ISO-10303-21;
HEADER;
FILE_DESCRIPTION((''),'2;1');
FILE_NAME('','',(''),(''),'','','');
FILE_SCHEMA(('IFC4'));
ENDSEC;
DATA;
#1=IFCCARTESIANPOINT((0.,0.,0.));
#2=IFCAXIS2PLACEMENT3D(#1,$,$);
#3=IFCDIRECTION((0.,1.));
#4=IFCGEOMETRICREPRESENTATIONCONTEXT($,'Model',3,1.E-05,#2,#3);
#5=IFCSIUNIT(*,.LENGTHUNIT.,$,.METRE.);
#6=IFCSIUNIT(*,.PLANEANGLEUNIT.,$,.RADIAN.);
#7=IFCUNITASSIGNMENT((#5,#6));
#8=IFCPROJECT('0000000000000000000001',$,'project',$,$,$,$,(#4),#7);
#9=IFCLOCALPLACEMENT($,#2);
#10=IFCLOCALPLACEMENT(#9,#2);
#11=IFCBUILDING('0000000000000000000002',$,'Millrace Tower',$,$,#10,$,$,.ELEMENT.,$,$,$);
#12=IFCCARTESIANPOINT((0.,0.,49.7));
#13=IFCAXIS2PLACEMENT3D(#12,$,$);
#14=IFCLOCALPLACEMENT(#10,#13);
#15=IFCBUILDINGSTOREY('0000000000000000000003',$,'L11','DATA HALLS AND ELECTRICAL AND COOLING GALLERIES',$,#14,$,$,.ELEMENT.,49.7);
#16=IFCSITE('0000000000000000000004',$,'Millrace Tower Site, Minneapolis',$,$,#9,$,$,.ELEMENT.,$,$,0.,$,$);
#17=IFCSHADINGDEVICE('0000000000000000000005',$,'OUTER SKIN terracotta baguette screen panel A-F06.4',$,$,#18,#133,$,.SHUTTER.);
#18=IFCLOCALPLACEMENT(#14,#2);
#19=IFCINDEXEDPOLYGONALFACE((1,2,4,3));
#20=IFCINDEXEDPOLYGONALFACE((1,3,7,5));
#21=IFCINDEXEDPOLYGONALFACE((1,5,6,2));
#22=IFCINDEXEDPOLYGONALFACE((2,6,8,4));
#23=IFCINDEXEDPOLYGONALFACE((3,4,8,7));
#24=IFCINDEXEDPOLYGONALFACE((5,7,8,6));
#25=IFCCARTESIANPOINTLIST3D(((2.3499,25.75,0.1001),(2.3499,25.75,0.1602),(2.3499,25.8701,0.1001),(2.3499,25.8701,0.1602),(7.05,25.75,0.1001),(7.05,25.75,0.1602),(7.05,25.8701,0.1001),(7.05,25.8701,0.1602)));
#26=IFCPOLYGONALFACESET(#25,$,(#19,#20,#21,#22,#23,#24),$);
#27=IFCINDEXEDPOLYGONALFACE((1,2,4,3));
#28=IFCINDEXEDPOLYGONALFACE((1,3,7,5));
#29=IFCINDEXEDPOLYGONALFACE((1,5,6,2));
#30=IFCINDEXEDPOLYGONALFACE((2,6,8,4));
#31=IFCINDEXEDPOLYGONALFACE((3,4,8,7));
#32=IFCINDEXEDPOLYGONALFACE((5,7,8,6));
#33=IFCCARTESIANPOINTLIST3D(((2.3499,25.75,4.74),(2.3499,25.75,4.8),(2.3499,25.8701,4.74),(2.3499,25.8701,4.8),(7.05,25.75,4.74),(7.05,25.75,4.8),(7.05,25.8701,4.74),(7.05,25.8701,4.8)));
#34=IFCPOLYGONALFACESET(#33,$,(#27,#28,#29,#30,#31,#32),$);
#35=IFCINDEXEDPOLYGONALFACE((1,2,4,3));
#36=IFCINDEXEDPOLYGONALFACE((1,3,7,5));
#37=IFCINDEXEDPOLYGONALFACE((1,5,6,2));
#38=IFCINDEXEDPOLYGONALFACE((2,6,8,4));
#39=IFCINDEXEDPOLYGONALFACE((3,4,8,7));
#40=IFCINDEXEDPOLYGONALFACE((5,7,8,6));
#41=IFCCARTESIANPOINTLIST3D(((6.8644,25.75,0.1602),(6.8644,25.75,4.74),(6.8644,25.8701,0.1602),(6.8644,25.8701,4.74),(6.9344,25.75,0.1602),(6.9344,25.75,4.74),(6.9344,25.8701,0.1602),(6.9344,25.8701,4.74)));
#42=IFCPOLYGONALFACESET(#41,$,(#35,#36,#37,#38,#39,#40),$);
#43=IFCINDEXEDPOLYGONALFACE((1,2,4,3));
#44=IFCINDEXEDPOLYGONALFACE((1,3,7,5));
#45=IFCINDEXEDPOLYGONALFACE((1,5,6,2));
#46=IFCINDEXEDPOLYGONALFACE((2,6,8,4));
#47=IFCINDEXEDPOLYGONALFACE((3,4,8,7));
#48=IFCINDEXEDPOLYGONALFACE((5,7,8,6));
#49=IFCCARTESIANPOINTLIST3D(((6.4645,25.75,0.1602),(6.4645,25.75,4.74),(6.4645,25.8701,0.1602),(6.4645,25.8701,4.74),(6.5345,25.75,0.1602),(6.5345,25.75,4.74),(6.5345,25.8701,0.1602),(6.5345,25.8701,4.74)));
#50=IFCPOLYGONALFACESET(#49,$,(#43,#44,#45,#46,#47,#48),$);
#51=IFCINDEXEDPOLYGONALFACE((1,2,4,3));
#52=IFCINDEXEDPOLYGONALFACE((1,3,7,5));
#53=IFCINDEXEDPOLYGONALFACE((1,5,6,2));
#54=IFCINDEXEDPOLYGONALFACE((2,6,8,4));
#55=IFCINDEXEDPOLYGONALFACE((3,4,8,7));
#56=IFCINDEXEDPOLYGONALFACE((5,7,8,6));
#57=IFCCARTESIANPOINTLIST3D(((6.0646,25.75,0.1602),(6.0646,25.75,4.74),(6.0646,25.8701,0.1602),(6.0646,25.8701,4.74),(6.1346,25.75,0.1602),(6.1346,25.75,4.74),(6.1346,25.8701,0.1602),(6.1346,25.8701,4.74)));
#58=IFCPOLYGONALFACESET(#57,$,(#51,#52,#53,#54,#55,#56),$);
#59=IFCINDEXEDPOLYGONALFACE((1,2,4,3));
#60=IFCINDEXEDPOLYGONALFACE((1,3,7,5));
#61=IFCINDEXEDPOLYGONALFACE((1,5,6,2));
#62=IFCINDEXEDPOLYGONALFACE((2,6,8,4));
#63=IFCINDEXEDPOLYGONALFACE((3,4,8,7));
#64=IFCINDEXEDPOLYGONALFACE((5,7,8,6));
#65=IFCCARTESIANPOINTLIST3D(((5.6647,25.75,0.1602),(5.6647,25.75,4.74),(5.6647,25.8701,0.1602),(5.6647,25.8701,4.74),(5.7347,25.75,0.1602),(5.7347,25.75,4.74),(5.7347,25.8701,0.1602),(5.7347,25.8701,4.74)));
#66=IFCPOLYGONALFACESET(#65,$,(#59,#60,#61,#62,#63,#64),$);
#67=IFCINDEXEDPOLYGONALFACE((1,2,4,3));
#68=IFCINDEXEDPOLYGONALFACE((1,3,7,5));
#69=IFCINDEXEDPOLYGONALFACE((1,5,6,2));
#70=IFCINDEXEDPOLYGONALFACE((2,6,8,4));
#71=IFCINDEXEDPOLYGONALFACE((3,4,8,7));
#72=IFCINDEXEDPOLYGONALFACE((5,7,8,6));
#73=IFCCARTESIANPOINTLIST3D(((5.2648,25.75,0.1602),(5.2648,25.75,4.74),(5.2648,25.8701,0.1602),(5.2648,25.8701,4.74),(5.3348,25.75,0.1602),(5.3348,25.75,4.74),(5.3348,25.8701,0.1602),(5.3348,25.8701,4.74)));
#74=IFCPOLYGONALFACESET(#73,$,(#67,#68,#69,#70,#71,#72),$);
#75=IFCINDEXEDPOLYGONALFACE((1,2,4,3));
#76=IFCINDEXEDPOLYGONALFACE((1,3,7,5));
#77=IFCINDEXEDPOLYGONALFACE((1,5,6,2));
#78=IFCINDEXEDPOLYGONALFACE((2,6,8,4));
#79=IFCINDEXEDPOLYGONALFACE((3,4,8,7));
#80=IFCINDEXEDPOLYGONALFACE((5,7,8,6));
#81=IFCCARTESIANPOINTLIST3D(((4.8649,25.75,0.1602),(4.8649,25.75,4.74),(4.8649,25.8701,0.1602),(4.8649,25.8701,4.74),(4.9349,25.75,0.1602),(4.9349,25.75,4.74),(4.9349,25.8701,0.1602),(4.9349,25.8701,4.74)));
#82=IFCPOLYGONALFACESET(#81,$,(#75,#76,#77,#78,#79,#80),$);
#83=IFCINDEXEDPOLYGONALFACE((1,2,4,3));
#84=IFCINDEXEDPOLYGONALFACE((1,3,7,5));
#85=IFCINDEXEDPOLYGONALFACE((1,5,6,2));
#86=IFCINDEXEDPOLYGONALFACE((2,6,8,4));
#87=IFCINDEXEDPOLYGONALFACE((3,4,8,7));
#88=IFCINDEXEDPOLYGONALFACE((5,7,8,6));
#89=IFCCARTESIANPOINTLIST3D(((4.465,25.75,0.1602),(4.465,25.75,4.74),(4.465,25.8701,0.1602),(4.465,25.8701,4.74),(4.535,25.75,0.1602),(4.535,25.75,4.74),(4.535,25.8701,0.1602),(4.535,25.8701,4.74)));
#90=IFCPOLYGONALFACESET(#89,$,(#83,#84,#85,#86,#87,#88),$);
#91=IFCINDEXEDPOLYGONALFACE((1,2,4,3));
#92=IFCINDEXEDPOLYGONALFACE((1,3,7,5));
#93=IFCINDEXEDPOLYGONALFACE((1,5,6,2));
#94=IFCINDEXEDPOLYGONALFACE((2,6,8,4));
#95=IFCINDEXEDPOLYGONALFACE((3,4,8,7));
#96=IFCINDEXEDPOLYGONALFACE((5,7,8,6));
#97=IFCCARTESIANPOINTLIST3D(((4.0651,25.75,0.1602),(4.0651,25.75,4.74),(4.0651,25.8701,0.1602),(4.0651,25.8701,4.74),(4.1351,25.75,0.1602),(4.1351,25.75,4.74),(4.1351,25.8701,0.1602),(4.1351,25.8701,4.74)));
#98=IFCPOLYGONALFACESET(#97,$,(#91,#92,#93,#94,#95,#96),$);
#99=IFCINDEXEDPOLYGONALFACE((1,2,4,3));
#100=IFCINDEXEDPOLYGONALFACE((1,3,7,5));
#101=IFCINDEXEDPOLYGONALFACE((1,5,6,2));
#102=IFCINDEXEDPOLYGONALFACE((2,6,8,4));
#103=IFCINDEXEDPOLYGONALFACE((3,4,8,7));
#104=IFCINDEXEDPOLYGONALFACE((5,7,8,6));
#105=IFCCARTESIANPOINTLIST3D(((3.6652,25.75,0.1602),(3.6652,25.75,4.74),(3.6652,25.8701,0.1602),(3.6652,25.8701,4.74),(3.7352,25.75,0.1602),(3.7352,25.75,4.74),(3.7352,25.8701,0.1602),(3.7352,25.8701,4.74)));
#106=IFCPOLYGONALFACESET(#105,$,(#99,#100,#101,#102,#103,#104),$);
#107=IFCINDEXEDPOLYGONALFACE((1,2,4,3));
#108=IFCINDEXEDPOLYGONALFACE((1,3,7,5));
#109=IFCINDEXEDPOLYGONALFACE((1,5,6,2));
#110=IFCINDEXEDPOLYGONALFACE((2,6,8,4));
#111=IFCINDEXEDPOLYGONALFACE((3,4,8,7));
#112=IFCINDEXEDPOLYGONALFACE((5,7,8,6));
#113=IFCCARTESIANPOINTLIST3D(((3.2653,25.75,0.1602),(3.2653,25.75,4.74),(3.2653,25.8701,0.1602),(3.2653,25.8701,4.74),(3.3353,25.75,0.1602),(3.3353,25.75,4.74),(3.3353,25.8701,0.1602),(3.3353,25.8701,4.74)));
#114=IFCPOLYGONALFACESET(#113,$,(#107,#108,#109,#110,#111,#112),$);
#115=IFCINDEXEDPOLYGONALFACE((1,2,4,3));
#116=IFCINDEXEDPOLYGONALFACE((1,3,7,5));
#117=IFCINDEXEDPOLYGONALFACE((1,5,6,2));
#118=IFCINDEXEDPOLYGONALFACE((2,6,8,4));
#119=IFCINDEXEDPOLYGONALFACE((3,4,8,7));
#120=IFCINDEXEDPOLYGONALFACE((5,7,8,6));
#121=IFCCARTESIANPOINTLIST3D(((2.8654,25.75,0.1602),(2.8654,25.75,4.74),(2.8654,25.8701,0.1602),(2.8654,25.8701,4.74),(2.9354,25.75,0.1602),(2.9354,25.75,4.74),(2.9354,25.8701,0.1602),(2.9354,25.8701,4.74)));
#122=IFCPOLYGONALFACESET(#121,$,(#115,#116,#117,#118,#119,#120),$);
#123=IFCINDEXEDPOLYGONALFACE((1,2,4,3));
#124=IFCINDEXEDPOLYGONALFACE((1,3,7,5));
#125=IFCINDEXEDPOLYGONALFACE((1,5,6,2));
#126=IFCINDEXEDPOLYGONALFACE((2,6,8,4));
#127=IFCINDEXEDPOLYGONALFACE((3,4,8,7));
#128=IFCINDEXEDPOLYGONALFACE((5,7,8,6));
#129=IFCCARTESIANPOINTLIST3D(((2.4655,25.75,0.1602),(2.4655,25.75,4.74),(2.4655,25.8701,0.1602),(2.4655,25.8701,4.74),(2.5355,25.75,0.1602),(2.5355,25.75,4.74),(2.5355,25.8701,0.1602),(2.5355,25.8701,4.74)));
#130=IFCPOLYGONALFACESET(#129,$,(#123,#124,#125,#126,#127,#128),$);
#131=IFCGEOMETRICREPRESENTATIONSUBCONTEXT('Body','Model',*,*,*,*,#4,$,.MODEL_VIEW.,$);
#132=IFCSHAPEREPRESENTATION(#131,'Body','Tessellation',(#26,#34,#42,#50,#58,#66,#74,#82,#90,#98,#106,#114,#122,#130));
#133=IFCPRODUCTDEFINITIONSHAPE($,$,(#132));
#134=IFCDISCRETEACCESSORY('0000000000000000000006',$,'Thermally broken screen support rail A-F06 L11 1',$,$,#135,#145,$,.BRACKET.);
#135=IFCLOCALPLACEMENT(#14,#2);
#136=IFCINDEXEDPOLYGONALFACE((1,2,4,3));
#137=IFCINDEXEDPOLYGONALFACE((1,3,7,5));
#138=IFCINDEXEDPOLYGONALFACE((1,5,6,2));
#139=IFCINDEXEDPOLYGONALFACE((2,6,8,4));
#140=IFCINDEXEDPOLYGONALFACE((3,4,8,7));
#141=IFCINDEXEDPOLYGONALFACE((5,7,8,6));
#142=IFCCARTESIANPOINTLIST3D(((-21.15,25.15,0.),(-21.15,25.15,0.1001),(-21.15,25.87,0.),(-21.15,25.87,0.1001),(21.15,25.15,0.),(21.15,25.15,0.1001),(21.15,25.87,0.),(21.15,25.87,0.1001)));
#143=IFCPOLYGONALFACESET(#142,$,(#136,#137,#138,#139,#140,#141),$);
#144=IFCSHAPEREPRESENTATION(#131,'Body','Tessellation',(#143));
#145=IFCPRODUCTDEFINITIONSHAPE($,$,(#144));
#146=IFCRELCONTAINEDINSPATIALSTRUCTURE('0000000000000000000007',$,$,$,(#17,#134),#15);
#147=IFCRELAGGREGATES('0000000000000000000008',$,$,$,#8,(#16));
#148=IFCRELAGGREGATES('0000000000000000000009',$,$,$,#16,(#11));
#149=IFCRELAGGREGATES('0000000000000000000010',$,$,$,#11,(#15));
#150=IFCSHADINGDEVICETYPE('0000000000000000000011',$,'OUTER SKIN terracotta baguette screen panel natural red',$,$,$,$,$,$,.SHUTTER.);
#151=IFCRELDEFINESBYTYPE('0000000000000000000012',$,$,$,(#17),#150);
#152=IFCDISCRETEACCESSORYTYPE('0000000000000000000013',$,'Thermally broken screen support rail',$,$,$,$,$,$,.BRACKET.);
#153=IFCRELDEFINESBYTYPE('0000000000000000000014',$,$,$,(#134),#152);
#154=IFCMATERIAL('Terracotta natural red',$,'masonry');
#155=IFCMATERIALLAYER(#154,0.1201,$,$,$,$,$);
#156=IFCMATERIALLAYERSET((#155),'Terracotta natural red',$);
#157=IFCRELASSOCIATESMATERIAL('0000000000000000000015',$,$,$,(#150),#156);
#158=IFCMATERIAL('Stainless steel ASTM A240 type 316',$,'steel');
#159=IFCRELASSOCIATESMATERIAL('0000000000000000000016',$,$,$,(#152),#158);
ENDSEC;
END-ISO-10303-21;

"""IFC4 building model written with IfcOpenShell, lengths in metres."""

from ifc_helpers import new_model, entity, si_unit, direction, frame, frame_2d, origin, origin_2d, place, context, subcontext, project, spatial, rectangle, extrude, source, transform, mapped, material, layer, layer_set, type_object, element, save


model = new_model("IFC4")

# Units and contexts
model_context = context("Model", 3, precision=1e-05, world=origin(), true_north=direction((0.0, 1.0)))
body_context = subcontext(model_context, "Body", "Model", "MODEL_VIEW")
ifc_project = project(units=[si_unit("LENGTHUNIT", "METRE"), si_unit("PLANEANGLEUNIT", "RADIAN")], contexts=[model_context])

# Site, building, storey
site_placement = place(None, origin())
site = spatial("IfcSite", under=ifc_project, at=site_placement, Name="Millrace Tower Site, Minneapolis", CompositionType="ELEMENT", RefElevation=0.0)
building_placement = place(site_placement, origin())
building = spatial("IfcBuilding", under=site, at=building_placement, Name="Millrace Tower", CompositionType="ELEMENT")
storey_placement = place(building_placement, frame((0.0, 0.0, 49.7)))
storey = spatial("IfcBuildingStorey", under=building, at=storey_placement, Name="L11", Description="DATA HALLS AND ELECTRICAL AND COOLING GALLERIES", CompositionType="ELEMENT", Elevation=49.7)

# Shading device
cartesian_point = entity("IfcCartesianPoint", [-2.3501, 0.0601])
shared_polyline = entity("IfcPolyline", [cartesian_point, entity("IfcCartesianPoint", [2.3501, 0.0601]), entity("IfcCartesianPoint", [2.3501, -0.0601]), entity("IfcCartesianPoint", [-2.3501, -0.0601]), cartesian_point])
ifc_material_1 = material(Name="Terracotta natural red", Category="masonry")
ifc_layer_1 = layer(ifc_material_1, 0.1201)
ifc_layer_set_1 = layer_set([ifc_layer_1], Name="Terracotta natural red")
shading_device_type_1 = type_object("IfcShadingDeviceType", Name="OUTER SKIN terracotta baguette screen panel natural red", PredefinedType="SHUTTER", material=ifc_layer_set_1)
shared_shape_1 = source(origin(), body_context, "Body", "SweptSolid", [
    entity("IfcExtrudedAreaSolid", entity("IfcArbitraryClosedProfileDef", "AREA", None, shared_polyline), entity("IfcAxis2Placement3D", entity("IfcCartesianPoint", [0.0, 0.0, 0.0])), entity("IfcDirection", [0.0, 0.0, 1.0]), 0.0601),
    entity("IfcExtrudedAreaSolid", entity("IfcArbitraryClosedProfileDef", "AREA", None, shared_polyline), entity("IfcAxis2Placement3D", entity("IfcCartesianPoint", [0.0, 0.0, 4.6399])), entity("IfcDirection", [0.0, 0.0, 1.0]), 0.0601),
    extrude(rectangle(XDim=0.0701, YDim=0.1201, at=frame_2d((-2.1995, 0.0))), frame((0.0, 0.0, 0.0601)), (0.0, 0.0, 1.0), 4.5798),
    extrude(rectangle(XDim=0.0701, YDim=0.1201, at=frame_2d((-1.7996, 0.0))), frame((0.0, 0.0, 0.0601)), (0.0, 0.0, 1.0), 4.5798),
    extrude(rectangle(XDim=0.0701, YDim=0.1201, at=frame_2d((-1.3997, 0.0))), frame((0.0, 0.0, 0.0601)), (0.0, 0.0, 1.0), 4.5798),
    extrude(rectangle(XDim=0.0701, YDim=0.1201, at=frame_2d((-0.9998, 0.0))), frame((0.0, 0.0, 0.0601)), (0.0, 0.0, 1.0), 4.5798),
    extrude(rectangle(XDim=0.0701, YDim=0.1201, at=frame_2d((-0.5999, 0.0))), frame((0.0, 0.0, 0.0601)), (0.0, 0.0, 1.0), 4.5798),
    extrude(rectangle(XDim=0.0701, YDim=0.1201, at=frame_2d((-0.2, 0.0))), frame((0.0, 0.0, 0.0601)), (0.0, 0.0, 1.0), 4.5798),
    extrude(rectangle(XDim=0.0701, YDim=0.1201, at=frame_2d((0.2, 0.0))), frame((0.0, 0.0, 0.0601)), (0.0, 0.0, 1.0), 4.5798),
    extrude(rectangle(XDim=0.0701, YDim=0.1201, at=frame_2d((0.5999, 0.0))), frame((0.0, 0.0, 0.0601)), (0.0, 0.0, 1.0), 4.5798),
    extrude(rectangle(XDim=0.0701, YDim=0.1201, at=frame_2d((0.9998, 0.0))), frame((0.0, 0.0, 0.0601)), (0.0, 0.0, 1.0), 4.5798),
    extrude(rectangle(XDim=0.0701, YDim=0.1201, at=frame_2d((1.3997, 0.0))), frame((0.0, 0.0, 0.0601)), (0.0, 0.0, 1.0), 4.5798),
    extrude(rectangle(XDim=0.0701, YDim=0.1201, at=frame_2d((1.7996, 0.0))), frame((0.0, 0.0, 0.0601)), (0.0, 0.0, 1.0), 4.5798),
    extrude(rectangle(XDim=0.0701, YDim=0.1201, at=frame_2d((2.1995, 0.0))), frame((0.0, 0.0, 0.0601)), (0.0, 0.0, 1.0), 4.5798),
])
for number, where, z_axis, x_axis, name in (
    (1, (4.7, 25.8101, 0.1001), (0.0, 0.0, 1.0), (-1.0, 0.0, 0.0), "OUTER SKIN terracotta baguette screen panel A-F06.4"),
):
    element("IfcShadingDevice", number, at=place(storey_placement, frame(where, z_axis=z_axis, x_axis=x_axis)), inside=storey, type_object=shading_device_type_1, Name=name, PredefinedType="SHUTTER", context=body_context, shape_type="MappedRepresentation", body=[
        mapped(shared_shape_1, transform((0.0, 0.0, 0.0), scale=1.0)),
    ])

# Discrete accessory
ifc_material_2 = material(Name="Stainless steel ASTM A240 type 316", Category="steel")
discrete_accessory_type = type_object("IfcDiscreteAccessoryType", Name="Thermally broken screen support rail", PredefinedType="BRACKET", material=ifc_material_2)
discrete_accessory_placement = place(storey_placement, frame((0.0, 25.51, 0.0), z_axis=(0.0, 0.0, 1.0), x_axis=(-1.0, 0.0, 0.0)))
element("IfcDiscreteAccessory", 2, at=discrete_accessory_placement, inside=storey, type_object=discrete_accessory_type, Name="Thermally broken screen support rail A-F06 L11 1", PredefinedType="BRACKET", context=body_context, shape_type="SweptSolid", body=[
    extrude(rectangle(XDim=42.3, YDim=0.72, at=origin_2d()), origin(), (0.0, 0.0, 1.0), 0.1001),
])

save(model, "model.ifc")
